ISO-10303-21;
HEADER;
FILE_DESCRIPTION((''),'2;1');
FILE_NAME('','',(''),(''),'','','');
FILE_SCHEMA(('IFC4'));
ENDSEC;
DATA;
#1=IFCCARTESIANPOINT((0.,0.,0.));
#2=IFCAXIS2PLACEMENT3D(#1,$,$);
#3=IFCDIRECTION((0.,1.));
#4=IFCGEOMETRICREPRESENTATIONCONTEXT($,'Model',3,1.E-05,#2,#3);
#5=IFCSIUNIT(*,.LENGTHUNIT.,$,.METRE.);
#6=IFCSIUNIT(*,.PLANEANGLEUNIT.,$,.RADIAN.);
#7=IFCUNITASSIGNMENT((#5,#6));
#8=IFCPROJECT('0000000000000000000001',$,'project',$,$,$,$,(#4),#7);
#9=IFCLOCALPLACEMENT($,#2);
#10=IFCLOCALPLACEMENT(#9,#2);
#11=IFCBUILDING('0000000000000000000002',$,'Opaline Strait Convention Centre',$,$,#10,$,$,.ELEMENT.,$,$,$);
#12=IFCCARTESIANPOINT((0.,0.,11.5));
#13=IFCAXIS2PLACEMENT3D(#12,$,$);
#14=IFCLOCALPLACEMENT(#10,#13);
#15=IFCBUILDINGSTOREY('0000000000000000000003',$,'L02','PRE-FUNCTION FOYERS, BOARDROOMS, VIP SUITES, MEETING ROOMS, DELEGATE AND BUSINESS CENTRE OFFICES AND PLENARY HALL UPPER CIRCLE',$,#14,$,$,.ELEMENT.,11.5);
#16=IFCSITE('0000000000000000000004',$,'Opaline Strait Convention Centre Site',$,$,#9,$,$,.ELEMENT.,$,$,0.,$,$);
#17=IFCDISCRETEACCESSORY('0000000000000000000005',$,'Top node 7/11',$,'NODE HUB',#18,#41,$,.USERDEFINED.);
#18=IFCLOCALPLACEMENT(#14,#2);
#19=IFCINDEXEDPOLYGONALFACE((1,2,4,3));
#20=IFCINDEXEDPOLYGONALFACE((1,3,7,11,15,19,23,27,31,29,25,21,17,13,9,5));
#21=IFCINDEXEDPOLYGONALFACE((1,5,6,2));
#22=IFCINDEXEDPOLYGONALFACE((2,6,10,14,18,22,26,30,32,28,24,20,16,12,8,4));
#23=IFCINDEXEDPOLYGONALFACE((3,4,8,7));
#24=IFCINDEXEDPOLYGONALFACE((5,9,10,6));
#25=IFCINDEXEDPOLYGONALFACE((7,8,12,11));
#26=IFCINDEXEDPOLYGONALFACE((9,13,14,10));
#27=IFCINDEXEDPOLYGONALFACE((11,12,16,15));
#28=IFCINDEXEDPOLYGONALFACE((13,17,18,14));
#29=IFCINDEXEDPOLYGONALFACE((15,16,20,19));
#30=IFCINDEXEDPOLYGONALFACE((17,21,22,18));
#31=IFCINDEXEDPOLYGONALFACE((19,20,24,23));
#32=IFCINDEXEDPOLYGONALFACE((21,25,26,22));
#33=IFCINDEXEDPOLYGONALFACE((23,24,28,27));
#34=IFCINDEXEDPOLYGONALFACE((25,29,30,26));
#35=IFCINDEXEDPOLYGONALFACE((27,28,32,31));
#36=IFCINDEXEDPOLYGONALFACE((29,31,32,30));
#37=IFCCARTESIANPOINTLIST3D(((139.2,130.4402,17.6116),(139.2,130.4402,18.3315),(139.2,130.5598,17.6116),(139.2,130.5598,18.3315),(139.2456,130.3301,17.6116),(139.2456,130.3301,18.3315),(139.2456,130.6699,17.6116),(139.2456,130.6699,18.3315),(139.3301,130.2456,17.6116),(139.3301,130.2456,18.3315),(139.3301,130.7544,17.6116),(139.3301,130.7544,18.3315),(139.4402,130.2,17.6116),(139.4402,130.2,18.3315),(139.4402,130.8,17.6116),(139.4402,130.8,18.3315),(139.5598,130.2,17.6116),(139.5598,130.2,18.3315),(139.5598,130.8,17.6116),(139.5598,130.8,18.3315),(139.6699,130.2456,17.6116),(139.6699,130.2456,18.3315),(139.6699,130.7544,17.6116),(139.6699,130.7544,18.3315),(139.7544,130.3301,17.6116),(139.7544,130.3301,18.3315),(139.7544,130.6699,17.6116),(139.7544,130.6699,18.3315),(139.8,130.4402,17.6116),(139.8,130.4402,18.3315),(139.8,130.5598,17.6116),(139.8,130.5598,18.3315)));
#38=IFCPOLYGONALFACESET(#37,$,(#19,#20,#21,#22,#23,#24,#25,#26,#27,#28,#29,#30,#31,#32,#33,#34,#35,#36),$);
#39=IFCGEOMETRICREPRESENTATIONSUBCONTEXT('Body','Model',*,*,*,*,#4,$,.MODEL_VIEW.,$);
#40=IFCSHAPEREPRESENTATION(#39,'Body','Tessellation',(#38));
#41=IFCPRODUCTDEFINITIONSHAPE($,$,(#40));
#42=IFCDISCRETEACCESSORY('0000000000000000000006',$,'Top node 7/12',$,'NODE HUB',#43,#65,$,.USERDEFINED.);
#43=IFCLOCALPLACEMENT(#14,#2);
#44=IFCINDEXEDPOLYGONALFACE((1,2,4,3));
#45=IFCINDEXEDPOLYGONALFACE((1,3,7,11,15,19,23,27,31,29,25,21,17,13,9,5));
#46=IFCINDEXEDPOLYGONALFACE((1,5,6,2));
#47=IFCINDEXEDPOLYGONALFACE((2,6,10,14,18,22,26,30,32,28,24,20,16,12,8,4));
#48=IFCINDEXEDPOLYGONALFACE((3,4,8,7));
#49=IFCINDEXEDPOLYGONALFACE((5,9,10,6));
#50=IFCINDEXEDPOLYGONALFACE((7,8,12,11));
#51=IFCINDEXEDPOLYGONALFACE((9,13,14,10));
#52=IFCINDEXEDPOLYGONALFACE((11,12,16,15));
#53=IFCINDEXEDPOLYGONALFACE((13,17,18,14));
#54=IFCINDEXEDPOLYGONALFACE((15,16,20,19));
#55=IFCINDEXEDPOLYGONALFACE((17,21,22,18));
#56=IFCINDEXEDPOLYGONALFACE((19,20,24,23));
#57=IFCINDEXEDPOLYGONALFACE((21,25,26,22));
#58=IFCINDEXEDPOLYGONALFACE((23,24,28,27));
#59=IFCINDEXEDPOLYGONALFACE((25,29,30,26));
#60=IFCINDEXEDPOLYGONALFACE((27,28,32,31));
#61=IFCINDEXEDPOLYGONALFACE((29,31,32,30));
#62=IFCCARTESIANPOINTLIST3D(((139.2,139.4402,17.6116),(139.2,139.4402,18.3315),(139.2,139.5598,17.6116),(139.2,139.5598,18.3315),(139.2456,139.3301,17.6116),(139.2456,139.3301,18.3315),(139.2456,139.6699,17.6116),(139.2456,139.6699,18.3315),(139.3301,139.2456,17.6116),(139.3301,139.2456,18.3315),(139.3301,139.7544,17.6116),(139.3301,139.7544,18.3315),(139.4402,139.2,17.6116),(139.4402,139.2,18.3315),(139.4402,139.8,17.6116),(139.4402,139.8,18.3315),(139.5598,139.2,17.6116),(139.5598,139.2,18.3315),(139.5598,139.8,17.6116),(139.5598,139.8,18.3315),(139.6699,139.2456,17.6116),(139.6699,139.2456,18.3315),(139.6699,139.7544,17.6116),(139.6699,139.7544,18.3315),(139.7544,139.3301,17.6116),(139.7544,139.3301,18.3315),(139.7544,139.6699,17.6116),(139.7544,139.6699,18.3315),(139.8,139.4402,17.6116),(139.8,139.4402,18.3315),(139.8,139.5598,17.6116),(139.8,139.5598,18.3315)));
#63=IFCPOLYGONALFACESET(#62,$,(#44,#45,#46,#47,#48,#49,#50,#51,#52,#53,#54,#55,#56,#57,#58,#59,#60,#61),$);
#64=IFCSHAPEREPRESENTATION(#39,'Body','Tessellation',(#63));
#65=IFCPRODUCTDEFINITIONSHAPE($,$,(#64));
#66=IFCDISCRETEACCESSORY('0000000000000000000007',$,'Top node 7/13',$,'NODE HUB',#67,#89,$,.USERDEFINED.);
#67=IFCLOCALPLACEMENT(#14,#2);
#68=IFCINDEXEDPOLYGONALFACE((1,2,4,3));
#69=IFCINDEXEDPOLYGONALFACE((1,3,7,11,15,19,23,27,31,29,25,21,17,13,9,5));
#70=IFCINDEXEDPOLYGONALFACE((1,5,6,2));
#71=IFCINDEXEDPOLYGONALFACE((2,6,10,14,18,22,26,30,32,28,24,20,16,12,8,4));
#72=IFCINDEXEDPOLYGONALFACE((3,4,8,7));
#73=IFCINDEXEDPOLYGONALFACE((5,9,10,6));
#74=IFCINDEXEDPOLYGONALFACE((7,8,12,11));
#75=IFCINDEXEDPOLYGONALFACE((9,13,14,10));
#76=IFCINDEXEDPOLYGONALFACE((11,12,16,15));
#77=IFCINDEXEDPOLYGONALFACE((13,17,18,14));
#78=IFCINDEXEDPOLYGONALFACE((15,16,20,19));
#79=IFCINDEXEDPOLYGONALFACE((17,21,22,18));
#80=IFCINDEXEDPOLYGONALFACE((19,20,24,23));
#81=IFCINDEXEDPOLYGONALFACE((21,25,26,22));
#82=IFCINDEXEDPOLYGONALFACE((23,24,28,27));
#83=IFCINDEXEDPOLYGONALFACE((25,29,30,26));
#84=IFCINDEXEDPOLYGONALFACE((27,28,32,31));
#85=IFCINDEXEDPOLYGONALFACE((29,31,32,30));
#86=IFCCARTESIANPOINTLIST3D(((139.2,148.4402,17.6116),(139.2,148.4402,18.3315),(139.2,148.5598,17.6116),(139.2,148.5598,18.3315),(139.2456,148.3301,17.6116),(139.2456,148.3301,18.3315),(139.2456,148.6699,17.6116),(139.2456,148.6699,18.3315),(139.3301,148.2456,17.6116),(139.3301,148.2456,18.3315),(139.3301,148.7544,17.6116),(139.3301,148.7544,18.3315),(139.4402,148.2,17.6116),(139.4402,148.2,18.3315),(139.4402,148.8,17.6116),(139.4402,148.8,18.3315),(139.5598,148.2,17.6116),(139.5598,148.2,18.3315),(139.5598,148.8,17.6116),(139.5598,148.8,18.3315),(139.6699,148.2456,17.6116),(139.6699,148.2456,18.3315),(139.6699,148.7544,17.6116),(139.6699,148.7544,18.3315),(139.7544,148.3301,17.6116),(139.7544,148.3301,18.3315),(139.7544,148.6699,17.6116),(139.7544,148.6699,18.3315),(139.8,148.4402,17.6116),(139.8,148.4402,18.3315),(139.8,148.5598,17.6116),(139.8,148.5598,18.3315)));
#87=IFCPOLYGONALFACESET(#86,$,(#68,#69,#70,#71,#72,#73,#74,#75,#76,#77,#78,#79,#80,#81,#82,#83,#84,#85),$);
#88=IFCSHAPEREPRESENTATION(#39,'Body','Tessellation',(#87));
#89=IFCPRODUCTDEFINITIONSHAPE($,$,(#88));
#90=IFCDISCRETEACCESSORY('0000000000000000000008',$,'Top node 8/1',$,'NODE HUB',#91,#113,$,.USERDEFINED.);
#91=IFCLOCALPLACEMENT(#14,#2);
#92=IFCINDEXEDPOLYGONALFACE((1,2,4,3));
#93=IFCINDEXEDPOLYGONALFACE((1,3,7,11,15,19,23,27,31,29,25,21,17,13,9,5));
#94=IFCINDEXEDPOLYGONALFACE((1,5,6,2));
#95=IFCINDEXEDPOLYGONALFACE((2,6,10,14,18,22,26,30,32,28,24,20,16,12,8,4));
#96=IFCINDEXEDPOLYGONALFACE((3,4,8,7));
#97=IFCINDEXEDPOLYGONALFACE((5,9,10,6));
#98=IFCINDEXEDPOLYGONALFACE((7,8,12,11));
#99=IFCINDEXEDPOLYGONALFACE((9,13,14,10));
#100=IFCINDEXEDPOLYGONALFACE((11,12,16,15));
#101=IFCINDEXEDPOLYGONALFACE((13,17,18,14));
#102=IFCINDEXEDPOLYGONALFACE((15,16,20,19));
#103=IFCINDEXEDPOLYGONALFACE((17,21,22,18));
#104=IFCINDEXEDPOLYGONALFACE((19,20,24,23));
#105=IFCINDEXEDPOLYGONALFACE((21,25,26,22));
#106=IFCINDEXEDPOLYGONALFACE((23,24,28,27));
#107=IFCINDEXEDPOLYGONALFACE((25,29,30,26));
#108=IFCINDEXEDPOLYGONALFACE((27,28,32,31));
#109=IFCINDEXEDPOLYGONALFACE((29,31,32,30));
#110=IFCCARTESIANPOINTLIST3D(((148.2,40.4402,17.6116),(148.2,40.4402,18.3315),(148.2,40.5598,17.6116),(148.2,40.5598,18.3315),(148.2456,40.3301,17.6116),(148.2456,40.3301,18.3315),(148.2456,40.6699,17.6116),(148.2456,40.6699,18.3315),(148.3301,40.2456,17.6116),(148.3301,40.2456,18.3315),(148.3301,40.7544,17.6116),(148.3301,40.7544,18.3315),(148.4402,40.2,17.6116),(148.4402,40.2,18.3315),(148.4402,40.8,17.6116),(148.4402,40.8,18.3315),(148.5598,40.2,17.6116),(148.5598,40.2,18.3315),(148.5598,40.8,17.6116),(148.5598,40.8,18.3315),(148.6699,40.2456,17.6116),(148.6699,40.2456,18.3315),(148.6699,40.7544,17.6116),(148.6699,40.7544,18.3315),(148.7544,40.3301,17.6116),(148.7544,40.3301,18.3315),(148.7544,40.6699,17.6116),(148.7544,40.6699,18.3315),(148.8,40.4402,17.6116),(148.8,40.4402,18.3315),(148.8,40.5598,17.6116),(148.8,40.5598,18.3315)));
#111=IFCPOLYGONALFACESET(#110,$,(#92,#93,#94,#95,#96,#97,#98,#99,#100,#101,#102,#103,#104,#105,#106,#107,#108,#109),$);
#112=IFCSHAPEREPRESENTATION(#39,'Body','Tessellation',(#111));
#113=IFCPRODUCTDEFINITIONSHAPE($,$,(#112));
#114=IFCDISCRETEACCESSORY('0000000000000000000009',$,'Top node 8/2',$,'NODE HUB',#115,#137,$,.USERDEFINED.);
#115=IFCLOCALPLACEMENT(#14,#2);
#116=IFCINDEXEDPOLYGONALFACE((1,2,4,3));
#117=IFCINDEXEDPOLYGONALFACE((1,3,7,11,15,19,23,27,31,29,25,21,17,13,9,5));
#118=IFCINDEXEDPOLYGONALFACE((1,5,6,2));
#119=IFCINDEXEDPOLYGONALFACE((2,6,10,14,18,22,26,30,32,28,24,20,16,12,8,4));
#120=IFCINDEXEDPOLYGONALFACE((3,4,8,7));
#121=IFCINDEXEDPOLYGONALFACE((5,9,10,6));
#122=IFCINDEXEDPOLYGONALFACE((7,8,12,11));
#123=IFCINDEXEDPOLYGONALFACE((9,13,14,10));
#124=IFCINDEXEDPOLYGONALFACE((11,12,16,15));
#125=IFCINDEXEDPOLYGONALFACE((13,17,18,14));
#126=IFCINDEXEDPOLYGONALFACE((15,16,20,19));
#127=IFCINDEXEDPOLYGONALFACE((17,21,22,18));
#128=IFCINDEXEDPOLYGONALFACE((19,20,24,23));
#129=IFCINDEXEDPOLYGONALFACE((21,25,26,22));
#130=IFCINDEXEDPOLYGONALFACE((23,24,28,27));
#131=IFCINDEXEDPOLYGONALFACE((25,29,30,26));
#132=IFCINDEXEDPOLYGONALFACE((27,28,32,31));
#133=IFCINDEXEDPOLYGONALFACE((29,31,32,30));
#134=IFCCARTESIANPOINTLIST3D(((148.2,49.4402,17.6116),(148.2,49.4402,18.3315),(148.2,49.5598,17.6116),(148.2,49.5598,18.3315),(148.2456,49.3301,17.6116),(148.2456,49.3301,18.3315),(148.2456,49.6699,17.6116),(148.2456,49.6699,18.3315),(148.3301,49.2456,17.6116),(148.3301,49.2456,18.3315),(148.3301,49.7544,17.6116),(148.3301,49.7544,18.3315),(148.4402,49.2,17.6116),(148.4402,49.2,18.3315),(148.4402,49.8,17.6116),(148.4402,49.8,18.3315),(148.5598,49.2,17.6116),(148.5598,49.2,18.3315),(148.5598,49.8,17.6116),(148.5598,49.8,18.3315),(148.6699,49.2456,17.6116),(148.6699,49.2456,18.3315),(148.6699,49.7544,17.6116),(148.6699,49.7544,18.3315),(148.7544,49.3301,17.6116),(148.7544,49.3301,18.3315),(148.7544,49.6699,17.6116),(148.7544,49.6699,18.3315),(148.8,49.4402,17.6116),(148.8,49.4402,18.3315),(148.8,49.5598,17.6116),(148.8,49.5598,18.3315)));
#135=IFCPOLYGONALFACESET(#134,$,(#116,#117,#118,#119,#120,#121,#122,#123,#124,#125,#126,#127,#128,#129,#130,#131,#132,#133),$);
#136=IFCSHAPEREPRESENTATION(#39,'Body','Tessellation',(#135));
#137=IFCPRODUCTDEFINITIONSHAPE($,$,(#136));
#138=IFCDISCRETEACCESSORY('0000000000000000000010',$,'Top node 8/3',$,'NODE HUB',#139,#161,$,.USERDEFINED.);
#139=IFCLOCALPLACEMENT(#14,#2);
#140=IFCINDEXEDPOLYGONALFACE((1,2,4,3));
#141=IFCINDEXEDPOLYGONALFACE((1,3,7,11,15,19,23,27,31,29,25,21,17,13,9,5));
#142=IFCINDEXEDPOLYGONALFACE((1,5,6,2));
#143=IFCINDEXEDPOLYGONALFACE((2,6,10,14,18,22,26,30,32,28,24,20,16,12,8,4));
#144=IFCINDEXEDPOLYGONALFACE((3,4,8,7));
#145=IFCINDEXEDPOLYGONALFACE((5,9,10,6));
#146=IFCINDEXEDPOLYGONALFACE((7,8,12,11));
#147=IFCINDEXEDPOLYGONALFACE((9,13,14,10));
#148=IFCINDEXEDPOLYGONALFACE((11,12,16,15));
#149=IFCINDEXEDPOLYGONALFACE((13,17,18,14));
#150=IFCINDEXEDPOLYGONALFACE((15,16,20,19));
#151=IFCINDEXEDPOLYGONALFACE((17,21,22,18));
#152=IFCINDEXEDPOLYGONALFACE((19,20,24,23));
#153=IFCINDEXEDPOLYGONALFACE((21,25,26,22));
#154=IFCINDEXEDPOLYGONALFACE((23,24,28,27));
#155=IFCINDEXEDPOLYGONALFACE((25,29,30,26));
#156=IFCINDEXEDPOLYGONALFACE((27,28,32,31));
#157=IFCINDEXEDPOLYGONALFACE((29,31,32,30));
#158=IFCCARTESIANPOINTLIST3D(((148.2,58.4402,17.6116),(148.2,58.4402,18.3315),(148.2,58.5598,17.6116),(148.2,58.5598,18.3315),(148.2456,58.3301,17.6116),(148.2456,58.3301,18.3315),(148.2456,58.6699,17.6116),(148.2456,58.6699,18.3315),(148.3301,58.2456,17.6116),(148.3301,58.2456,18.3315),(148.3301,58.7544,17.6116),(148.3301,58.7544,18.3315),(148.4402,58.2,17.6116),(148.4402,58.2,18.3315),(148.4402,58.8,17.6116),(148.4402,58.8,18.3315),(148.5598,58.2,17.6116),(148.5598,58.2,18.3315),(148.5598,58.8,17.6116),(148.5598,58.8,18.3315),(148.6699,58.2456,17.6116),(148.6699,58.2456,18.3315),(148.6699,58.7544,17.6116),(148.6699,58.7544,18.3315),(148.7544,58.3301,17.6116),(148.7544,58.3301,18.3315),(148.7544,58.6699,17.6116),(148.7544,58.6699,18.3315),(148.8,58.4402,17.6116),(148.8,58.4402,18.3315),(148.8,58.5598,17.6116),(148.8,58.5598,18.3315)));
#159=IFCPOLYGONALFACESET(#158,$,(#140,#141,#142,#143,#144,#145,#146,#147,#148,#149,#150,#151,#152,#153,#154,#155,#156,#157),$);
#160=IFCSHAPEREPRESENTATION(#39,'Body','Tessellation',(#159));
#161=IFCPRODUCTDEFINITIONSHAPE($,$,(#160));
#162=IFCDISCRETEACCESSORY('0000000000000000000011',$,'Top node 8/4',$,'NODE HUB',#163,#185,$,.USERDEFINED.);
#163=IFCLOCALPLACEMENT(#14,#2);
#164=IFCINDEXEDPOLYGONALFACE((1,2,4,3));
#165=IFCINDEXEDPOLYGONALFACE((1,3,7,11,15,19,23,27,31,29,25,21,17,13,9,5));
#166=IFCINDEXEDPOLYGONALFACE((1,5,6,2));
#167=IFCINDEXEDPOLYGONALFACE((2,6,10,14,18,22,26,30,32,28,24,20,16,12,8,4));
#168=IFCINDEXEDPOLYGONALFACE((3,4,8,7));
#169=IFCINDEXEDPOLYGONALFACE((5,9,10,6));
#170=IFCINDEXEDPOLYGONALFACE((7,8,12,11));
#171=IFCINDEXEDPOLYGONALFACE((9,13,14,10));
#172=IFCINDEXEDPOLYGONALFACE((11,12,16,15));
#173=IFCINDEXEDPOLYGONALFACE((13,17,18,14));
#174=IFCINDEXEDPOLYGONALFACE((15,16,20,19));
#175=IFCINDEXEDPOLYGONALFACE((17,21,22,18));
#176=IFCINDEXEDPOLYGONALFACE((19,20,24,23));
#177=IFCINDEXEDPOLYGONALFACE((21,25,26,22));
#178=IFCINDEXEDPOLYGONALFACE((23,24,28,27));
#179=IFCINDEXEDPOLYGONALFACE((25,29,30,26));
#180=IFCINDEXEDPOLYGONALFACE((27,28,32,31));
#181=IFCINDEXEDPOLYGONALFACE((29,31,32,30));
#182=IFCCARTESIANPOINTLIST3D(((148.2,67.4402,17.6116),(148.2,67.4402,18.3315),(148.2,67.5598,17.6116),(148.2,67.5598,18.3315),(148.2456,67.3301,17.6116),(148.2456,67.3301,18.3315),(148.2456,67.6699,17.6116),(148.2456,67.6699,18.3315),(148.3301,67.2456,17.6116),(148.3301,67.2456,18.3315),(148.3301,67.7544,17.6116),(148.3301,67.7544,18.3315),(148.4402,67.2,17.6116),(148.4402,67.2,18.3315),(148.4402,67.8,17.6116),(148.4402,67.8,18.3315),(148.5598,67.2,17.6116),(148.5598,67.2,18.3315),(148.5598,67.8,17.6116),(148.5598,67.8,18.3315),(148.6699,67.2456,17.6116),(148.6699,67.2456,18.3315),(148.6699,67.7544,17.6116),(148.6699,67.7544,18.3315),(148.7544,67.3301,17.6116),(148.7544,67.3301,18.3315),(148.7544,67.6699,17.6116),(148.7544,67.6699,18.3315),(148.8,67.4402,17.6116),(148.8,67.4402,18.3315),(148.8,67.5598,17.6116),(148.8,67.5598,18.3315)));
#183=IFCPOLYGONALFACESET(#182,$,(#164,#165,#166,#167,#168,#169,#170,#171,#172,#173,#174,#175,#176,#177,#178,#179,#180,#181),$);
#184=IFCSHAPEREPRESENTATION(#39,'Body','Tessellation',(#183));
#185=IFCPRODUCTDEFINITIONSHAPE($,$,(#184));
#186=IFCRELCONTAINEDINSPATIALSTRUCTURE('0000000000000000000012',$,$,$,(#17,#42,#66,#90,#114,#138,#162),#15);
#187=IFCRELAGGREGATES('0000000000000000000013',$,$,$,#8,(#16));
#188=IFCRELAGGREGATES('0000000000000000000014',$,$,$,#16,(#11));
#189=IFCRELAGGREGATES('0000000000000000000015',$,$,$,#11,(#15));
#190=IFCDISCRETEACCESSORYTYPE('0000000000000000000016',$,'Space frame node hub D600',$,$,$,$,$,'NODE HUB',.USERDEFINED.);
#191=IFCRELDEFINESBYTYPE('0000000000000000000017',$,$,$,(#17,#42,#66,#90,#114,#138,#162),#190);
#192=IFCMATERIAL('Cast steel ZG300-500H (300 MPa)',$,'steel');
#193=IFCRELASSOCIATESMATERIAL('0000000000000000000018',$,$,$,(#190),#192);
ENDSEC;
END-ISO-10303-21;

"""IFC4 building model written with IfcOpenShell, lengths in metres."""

from ifc_helpers import new_model, si_unit, direction, frame, origin, place, context, subcontext, project, spatial, polyline, outline, extrude, material, type_object, element, save


model = new_model("IFC4")

# Units and contexts
model_context = context("Model", 3, precision=1e-05, world=origin(), true_north=direction((0.0, 1.0)))
body_context = subcontext(model_context, "Body", "Model", "MODEL_VIEW")
ifc_project = project(units=[si_unit("LENGTHUNIT", "METRE"), si_unit("PLANEANGLEUNIT", "RADIAN")], contexts=[model_context])

# Site, building, storey
site_placement = place(None, origin())
site = spatial("IfcSite", under=ifc_project, at=site_placement, Name="Opaline Strait Convention Centre Site", CompositionType="ELEMENT", RefElevation=0.0)
building_placement = place(site_placement, origin())
building = spatial("IfcBuilding", under=site, at=building_placement, Name="Opaline Strait Convention Centre", CompositionType="ELEMENT")
storey_placement = place(building_placement, frame((0.0, 0.0, 11.5)))
storey = spatial("IfcBuildingStorey", under=building, at=storey_placement, Name="L02", Description="PRE-FUNCTION FOYERS, BOARDROOMS, VIP SUITES, MEETING ROOMS, DELEGATE AND BUSINESS CENTRE OFFICES AND PLENARY HALL UPPER CIRCLE", CompositionType="ELEMENT", Elevation=11.5)

# Discrete accessories
ifc_material = material(Name="Cast steel ZG300-500H (300 MPa)", Category="steel")
discrete_accessory_type = type_object("IfcDiscreteAccessoryType", Name="Space frame node hub D600", ElementType="NODE HUB", PredefinedType="USERDEFINED", material=ifc_material)
discrete_accessory_1_placement = place(storey_placement, frame((0.0, 0.0, 17.6116)))
element("IfcDiscreteAccessory", 1, at=discrete_accessory_1_placement, inside=storey, type_object=discrete_accessory_type, Name="Top node 7/11", ObjectType="NODE HUB", PredefinedType="USERDEFINED", context=body_context, shape_type="SweptSolid", body=[
    extrude(outline(polyline([(139.8, 130.5598), (139.7544, 130.6699), (139.6699, 130.7544), (139.5598, 130.8), (139.4402, 130.8), (139.3301, 130.7544), (139.2456, 130.6699), (139.2, 130.5598), (139.2, 130.4402), (139.2456, 130.3301), (139.3301, 130.2456), (139.4402, 130.2), (139.5598, 130.2), (139.6699, 130.2456), (139.7544, 130.3301), (139.8, 130.4402), (139.8, 130.5598)])), origin(), (0.0, 0.0, 1.0), 0.72),
])
discrete_accessory_2_placement = place(storey_placement, frame((0.0, 0.0, 17.6116)))
element("IfcDiscreteAccessory", 2, at=discrete_accessory_2_placement, inside=storey, type_object=discrete_accessory_type, Name="Top node 7/12", ObjectType="NODE HUB", PredefinedType="USERDEFINED", context=body_context, shape_type="SweptSolid", body=[
    extrude(outline(polyline([(139.8, 139.5598), (139.7544, 139.6699), (139.6699, 139.7544), (139.5598, 139.8), (139.4402, 139.8), (139.3301, 139.7544), (139.2456, 139.6699), (139.2, 139.5598), (139.2, 139.4402), (139.2456, 139.3301), (139.3301, 139.2456), (139.4402, 139.2), (139.5598, 139.2), (139.6699, 139.2456), (139.7544, 139.3301), (139.8, 139.4402), (139.8, 139.5598)])), origin(), (0.0, 0.0, 1.0), 0.72),
])
discrete_accessory_3_placement = place(storey_placement, frame((0.0, 0.0, 17.6116)))
element("IfcDiscreteAccessory", 3, at=discrete_accessory_3_placement, inside=storey, type_object=discrete_accessory_type, Name="Top node 7/13", ObjectType="NODE HUB", PredefinedType="USERDEFINED", context=body_context, shape_type="SweptSolid", body=[
    extrude(outline(polyline([(139.8, 148.5598), (139.7544, 148.6699), (139.6699, 148.7544), (139.5598, 148.8), (139.4402, 148.8), (139.3301, 148.7544), (139.2456, 148.6699), (139.2, 148.5598), (139.2, 148.4402), (139.2456, 148.3301), (139.3301, 148.2456), (139.4402, 148.2), (139.5598, 148.2), (139.6699, 148.2456), (139.7544, 148.3301), (139.8, 148.4402), (139.8, 148.5598)])), origin(), (0.0, 0.0, 1.0), 0.72),
])
discrete_accessory_4_placement = place(storey_placement, frame((0.0, 0.0, 17.6116)))
element("IfcDiscreteAccessory", 4, at=discrete_accessory_4_placement, inside=storey, type_object=discrete_accessory_type, Name="Top node 8/1", ObjectType="NODE HUB", PredefinedType="USERDEFINED", context=body_context, shape_type="SweptSolid", body=[
    extrude(outline(polyline([(148.8, 40.5598), (148.7544, 40.6699), (148.6699, 40.7544), (148.5598, 40.8), (148.4402, 40.8), (148.3301, 40.7544), (148.2456, 40.6699), (148.2, 40.5598), (148.2, 40.4402), (148.2456, 40.3301), (148.3301, 40.2456), (148.4402, 40.2), (148.5598, 40.2), (148.6699, 40.2456), (148.7544, 40.3301), (148.8, 40.4402), (148.8, 40.5598)])), origin(), (0.0, 0.0, 1.0), 0.72),
])
discrete_accessory_5_placement = place(storey_placement, frame((0.0, 0.0, 17.6116)))
element("IfcDiscreteAccessory", 5, at=discrete_accessory_5_placement, inside=storey, type_object=discrete_accessory_type, Name="Top node 8/2", ObjectType="NODE HUB", PredefinedType="USERDEFINED", context=body_context, shape_type="SweptSolid", body=[
    extrude(outline(polyline([(148.8, 49.5598), (148.7544, 49.6699), (148.6699, 49.7544), (148.5598, 49.8), (148.4402, 49.8), (148.3301, 49.7544), (148.2456, 49.6699), (148.2, 49.5598), (148.2, 49.4402), (148.2456, 49.3301), (148.3301, 49.2456), (148.4402, 49.2), (148.5598, 49.2), (148.6699, 49.2456), (148.7544, 49.3301), (148.8, 49.4402), (148.8, 49.5598)])), origin(), (0.0, 0.0, 1.0), 0.72),
])
discrete_accessory_6_placement = place(storey_placement, frame((0.0, 0.0, 17.6116)))
element("IfcDiscreteAccessory", 6, at=discrete_accessory_6_placement, inside=storey, type_object=discrete_accessory_type, Name="Top node 8/3", ObjectType="NODE HUB", PredefinedType="USERDEFINED", context=body_context, shape_type="SweptSolid", body=[
    extrude(outline(polyline([(148.8, 58.5598), (148.7544, 58.6699), (148.6699, 58.7544), (148.5598, 58.8), (148.4402, 58.8), (148.3301, 58.7544), (148.2456, 58.6699), (148.2, 58.5598), (148.2, 58.4402), (148.2456, 58.3301), (148.3301, 58.2456), (148.4402, 58.2), (148.5598, 58.2), (148.6699, 58.2456), (148.7544, 58.3301), (148.8, 58.4402), (148.8, 58.5598)])), origin(), (0.0, 0.0, 1.0), 0.72),
])
discrete_accessory_7_placement = place(storey_placement, frame((0.0, 0.0, 17.6116)))
element("IfcDiscreteAccessory", 7, at=discrete_accessory_7_placement, inside=storey, type_object=discrete_accessory_type, Name="Top node 8/4", ObjectType="NODE HUB", PredefinedType="USERDEFINED", context=body_context, shape_type="SweptSolid", body=[
    extrude(outline(polyline([(148.8, 67.5598), (148.7544, 67.6699), (148.6699, 67.7544), (148.5598, 67.8), (148.4402, 67.8), (148.3301, 67.7544), (148.2456, 67.6699), (148.2, 67.5598), (148.2, 67.4402), (148.2456, 67.3301), (148.3301, 67.2456), (148.4402, 67.2), (148.5598, 67.2), (148.6699, 67.2456), (148.7544, 67.3301), (148.8, 67.4402), (148.8, 67.5598)])), origin(), (0.0, 0.0, 1.0), 0.72),
])

save(model, "model.ifc")
